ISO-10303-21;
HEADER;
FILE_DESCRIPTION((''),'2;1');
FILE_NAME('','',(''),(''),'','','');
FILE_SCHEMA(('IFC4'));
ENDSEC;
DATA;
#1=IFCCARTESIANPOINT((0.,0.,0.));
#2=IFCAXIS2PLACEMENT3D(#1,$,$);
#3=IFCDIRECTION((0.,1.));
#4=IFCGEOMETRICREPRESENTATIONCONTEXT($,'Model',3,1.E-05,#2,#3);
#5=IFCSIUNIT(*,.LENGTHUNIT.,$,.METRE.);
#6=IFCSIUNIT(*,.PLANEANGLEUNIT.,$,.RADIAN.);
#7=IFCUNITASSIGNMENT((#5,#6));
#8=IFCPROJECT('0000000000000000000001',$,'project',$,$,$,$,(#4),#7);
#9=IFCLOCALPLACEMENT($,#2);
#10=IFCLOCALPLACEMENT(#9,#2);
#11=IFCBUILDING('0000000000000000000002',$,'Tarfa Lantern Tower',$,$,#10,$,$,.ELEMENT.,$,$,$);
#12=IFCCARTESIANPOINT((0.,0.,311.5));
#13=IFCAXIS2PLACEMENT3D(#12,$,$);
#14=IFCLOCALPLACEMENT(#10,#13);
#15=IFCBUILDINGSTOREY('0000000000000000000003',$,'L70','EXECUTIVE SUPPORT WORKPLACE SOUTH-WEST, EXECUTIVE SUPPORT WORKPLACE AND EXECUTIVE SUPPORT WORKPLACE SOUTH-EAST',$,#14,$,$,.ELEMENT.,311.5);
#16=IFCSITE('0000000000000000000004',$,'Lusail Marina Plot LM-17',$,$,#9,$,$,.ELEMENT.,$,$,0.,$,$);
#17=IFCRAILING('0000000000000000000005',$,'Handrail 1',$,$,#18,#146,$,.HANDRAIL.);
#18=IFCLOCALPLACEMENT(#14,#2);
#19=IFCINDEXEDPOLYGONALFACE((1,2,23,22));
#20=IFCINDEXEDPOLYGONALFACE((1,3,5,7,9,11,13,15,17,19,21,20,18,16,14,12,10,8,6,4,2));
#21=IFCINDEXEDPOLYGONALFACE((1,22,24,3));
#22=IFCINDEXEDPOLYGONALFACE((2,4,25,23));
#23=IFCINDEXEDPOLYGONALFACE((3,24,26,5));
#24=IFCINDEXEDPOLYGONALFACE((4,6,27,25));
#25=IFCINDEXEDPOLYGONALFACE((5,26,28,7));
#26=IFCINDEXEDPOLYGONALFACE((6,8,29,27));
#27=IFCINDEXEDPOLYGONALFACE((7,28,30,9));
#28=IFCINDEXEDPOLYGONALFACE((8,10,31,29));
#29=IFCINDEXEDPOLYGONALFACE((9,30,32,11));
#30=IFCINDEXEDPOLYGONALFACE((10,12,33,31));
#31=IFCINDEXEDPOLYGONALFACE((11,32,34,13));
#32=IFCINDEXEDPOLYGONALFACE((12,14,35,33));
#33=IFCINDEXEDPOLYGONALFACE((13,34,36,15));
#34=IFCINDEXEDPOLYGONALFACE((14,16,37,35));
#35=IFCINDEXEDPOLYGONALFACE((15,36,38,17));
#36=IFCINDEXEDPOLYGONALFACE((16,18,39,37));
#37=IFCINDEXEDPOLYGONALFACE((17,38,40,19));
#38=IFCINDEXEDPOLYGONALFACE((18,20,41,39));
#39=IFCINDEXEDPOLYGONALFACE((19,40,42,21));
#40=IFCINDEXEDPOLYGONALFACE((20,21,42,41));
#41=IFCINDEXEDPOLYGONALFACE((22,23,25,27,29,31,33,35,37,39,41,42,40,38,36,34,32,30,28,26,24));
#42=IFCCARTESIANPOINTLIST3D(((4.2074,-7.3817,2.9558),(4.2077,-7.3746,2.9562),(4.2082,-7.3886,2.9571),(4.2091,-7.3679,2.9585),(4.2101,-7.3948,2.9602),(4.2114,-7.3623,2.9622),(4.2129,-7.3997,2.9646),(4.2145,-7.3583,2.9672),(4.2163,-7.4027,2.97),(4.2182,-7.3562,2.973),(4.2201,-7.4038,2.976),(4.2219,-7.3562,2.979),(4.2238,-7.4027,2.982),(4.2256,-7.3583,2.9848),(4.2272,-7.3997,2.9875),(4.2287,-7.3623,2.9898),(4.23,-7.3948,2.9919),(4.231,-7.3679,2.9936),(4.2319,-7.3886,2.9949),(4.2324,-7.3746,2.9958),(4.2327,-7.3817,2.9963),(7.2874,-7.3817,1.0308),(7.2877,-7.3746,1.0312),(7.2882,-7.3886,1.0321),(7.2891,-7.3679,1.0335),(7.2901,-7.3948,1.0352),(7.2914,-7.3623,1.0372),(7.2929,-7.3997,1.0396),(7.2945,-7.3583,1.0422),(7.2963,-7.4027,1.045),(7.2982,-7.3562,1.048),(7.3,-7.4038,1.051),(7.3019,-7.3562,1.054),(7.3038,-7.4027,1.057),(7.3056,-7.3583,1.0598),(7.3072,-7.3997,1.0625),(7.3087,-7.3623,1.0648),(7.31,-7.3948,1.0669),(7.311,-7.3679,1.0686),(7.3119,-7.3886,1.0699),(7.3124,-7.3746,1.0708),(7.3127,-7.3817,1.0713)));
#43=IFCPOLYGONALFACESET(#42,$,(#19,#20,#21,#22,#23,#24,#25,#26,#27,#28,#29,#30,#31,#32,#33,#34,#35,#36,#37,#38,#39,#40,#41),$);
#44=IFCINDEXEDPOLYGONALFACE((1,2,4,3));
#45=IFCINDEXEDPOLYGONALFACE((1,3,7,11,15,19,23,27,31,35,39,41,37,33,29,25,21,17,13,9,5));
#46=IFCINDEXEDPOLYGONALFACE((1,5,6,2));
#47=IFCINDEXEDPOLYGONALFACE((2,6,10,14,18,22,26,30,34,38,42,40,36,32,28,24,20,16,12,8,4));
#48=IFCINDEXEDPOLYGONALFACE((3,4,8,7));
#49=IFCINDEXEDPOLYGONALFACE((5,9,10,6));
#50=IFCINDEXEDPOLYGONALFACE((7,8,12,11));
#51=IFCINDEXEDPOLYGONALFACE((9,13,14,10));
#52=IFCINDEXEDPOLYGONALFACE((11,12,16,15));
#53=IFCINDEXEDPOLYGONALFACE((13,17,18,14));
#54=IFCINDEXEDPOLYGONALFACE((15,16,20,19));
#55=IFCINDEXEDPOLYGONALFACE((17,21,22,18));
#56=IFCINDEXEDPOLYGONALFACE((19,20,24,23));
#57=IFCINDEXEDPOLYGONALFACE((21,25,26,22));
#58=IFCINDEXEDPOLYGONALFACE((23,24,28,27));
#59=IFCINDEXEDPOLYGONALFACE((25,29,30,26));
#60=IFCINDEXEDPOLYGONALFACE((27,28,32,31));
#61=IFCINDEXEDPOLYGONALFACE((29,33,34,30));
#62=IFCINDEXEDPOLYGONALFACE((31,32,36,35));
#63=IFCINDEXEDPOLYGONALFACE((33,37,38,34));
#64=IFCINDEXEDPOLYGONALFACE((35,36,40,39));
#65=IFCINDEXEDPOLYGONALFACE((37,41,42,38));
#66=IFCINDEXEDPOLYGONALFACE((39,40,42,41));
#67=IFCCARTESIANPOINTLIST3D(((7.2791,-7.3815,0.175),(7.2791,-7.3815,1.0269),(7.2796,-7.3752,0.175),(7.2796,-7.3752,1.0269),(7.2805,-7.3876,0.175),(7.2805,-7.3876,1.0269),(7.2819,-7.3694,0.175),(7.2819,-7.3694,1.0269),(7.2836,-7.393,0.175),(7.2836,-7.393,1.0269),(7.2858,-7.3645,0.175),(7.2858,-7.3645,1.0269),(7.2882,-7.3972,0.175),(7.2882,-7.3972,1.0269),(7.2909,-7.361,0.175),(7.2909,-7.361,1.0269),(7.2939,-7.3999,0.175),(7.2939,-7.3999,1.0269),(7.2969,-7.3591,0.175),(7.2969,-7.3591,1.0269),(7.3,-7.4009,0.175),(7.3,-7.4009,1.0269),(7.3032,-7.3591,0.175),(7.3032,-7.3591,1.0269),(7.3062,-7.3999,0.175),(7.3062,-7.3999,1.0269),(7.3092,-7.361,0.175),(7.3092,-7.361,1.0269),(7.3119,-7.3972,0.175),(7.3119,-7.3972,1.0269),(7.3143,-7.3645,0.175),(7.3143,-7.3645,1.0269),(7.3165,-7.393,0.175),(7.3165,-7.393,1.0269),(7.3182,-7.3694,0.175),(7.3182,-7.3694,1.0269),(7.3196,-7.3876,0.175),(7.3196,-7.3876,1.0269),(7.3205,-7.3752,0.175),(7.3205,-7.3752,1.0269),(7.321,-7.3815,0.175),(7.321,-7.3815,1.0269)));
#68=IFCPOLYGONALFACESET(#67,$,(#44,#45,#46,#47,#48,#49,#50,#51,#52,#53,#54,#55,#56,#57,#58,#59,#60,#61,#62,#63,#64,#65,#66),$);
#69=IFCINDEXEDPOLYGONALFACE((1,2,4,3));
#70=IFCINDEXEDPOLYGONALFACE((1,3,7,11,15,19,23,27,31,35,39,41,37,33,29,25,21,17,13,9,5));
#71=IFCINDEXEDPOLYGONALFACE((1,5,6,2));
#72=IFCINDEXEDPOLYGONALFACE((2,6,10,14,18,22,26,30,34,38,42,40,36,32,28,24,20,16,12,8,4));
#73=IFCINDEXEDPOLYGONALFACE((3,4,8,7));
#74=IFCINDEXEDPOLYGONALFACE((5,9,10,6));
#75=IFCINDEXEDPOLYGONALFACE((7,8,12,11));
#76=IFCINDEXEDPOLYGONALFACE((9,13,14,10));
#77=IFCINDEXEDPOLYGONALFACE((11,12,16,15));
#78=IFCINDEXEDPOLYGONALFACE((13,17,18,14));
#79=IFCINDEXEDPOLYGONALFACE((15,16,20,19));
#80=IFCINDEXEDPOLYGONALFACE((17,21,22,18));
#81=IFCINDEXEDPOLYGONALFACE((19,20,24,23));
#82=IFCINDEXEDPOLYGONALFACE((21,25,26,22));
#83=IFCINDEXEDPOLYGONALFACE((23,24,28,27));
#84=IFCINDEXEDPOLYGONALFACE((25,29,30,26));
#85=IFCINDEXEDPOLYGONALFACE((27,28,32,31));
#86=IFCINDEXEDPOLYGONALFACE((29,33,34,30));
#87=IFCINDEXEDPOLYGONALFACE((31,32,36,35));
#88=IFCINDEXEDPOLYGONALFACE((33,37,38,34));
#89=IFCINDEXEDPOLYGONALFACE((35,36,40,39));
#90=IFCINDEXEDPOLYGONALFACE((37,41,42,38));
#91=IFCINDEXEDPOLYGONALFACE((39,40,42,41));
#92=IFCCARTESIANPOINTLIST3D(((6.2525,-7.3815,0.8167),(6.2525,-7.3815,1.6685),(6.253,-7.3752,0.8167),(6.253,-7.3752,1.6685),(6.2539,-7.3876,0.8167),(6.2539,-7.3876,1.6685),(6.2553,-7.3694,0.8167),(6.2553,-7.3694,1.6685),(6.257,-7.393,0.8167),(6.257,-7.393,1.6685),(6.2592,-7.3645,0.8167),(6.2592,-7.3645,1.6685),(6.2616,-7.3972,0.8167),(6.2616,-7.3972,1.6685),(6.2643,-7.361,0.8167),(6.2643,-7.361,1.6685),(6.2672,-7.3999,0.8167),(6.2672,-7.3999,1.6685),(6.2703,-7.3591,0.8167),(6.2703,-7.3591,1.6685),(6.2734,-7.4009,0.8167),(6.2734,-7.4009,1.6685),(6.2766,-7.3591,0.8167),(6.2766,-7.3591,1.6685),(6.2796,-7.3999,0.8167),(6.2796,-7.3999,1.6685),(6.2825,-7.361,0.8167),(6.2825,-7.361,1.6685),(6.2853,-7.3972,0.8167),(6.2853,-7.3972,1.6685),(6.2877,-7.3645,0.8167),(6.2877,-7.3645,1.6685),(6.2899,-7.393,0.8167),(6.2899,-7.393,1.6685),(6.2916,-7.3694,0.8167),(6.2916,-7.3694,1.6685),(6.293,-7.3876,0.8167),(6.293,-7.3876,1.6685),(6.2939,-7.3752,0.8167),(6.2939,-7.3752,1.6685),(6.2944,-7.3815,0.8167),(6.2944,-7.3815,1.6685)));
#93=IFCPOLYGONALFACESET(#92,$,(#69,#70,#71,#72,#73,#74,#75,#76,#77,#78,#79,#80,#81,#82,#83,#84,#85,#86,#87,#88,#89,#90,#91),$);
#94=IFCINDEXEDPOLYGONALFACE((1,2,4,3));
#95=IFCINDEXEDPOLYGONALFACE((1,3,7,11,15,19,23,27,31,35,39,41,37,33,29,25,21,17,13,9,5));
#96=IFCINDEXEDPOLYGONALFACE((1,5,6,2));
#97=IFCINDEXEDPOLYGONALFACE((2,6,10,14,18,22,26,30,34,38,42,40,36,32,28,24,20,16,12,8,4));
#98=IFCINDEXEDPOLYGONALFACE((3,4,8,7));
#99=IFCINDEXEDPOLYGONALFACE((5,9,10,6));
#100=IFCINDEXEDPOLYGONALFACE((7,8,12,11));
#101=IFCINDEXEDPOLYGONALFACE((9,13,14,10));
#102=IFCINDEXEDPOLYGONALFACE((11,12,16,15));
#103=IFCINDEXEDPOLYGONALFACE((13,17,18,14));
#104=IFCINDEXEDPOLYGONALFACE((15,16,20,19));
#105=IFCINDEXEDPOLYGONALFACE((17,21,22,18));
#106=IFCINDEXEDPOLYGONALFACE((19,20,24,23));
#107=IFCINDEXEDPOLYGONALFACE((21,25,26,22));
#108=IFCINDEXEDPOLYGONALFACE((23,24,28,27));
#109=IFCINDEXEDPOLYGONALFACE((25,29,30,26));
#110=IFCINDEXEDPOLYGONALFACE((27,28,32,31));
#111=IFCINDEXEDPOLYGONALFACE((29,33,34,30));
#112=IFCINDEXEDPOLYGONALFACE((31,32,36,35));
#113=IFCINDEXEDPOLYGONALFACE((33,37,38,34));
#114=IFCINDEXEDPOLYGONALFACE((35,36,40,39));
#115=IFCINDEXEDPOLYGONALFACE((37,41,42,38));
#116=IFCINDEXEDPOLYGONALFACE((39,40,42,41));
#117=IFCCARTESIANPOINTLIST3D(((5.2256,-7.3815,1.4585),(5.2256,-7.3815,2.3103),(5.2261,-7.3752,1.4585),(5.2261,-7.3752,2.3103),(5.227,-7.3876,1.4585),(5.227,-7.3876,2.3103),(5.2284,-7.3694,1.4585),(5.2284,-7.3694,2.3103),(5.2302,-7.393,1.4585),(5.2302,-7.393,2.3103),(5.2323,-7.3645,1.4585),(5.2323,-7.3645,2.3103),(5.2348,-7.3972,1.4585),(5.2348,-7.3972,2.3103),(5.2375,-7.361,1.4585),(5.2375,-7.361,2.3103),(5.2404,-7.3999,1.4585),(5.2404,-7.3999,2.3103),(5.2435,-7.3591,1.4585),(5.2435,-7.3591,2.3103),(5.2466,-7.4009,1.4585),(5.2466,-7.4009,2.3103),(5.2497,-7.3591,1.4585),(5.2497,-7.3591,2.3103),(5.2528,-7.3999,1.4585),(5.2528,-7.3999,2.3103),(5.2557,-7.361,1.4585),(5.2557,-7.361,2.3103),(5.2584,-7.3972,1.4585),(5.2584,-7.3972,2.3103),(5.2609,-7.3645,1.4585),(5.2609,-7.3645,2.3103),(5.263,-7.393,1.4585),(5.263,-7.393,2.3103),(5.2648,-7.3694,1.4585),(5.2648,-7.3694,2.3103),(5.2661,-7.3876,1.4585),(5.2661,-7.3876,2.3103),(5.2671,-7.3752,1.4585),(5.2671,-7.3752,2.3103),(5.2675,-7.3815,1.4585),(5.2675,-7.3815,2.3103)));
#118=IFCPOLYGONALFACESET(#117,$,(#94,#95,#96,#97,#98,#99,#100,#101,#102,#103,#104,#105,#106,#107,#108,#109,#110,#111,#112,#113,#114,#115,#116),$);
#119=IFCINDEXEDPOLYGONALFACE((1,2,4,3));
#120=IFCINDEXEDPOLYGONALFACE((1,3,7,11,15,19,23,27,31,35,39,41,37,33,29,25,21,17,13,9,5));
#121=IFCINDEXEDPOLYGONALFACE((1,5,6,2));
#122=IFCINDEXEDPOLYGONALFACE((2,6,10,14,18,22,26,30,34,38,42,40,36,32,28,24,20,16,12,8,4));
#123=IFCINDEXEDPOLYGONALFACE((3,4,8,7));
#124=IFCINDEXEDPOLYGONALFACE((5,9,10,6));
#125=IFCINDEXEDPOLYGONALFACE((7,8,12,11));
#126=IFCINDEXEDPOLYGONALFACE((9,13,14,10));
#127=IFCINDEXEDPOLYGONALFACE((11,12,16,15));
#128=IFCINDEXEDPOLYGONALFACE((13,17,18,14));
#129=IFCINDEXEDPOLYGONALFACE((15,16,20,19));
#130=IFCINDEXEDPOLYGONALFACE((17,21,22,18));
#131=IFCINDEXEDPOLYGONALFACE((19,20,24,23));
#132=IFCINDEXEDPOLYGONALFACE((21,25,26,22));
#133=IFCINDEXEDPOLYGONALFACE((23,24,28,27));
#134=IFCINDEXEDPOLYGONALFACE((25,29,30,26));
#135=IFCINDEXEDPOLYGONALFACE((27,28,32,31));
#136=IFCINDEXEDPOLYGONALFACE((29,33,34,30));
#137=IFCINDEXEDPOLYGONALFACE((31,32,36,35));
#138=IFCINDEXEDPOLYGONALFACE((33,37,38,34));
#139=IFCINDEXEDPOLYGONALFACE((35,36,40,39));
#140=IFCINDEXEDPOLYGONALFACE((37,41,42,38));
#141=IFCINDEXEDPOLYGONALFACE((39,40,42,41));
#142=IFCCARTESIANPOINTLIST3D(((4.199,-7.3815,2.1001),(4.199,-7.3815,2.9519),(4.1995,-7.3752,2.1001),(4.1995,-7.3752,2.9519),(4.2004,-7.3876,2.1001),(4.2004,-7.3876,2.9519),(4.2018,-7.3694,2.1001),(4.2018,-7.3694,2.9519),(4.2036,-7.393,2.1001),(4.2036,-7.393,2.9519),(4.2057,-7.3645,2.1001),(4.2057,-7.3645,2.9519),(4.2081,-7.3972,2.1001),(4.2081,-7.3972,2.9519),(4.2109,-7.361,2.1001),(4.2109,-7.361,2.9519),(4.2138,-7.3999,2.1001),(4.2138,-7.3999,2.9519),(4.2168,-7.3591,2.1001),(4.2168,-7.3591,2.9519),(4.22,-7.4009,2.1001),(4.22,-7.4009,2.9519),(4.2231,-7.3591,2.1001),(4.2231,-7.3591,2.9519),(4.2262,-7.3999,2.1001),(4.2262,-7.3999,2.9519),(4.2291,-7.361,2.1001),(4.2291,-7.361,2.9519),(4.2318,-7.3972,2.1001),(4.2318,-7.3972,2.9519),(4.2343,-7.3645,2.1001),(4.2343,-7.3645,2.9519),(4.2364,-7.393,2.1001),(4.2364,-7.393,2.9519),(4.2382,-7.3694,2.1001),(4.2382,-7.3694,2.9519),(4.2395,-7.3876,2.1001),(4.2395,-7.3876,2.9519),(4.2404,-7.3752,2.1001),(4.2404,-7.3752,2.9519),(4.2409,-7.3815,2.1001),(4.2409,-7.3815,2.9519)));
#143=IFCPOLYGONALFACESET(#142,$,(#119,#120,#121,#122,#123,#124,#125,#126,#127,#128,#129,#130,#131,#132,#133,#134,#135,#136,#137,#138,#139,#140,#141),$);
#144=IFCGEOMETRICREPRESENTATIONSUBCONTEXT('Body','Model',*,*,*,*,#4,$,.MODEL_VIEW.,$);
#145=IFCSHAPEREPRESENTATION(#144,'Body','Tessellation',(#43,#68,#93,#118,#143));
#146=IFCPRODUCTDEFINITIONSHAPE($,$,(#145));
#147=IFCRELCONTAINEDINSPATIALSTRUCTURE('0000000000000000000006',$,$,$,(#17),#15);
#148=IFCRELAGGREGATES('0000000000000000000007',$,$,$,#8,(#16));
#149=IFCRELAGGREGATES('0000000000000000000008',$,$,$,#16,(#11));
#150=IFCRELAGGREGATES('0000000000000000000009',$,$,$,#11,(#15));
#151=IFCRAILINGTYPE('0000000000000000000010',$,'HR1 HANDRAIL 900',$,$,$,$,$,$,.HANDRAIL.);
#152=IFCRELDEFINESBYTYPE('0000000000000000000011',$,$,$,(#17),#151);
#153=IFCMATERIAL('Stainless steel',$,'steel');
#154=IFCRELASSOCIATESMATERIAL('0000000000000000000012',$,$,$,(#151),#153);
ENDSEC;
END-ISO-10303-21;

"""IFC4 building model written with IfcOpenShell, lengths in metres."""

from ifc_helpers import new_model, si_unit, direction, frame, origin, origin_2d, place, context, subcontext, project, spatial, circle, extrude, material, type_object, element, save


model = new_model("IFC4")

# Units and contexts
model_context = context("Model", 3, precision=1e-05, world=origin(), true_north=direction((0.0, 1.0)))
body_context = subcontext(model_context, "Body", "Model", "MODEL_VIEW")
ifc_project = project(units=[si_unit("LENGTHUNIT", "METRE"), si_unit("PLANEANGLEUNIT", "RADIAN")], contexts=[model_context])

# Site, building, storey
site_placement = place(None, origin())
site = spatial("IfcSite", under=ifc_project, at=site_placement, Name="Lusail Marina Plot LM-17", CompositionType="ELEMENT", RefElevation=0.0)
building_placement = place(site_placement, origin())
building = spatial("IfcBuilding", under=site, at=building_placement, Name="Tarfa Lantern Tower", CompositionType="ELEMENT")
storey_placement = place(building_placement, frame((0.0, 0.0, 311.5)))
storey = spatial("IfcBuildingStorey", under=building, at=storey_placement, Name="L70", Description="EXECUTIVE SUPPORT WORKPLACE SOUTH-WEST, EXECUTIVE SUPPORT WORKPLACE AND EXECUTIVE SUPPORT WORKPLACE SOUTH-EAST", CompositionType="ELEMENT", Elevation=311.5)

# Railing
ifc_material_1 = material(Name="Stainless steel", Category="steel")
railing_type = type_object("IfcRailingType", Name="HR1 HANDRAIL 900", PredefinedType="HANDRAIL", material=ifc_material_1)
railing_1_placement = place(storey_placement, frame((7.3, -7.3799, 0.175)))
element("IfcRailing", 1, at=railing_1_placement, inside=storey, type_object=railing_type, Name="Handrail 1", PredefinedType="HANDRAIL", context=body_context, shape_type="SweptSolid", body=[
    extrude(circle(Radius=0.0239, at=origin_2d()), frame((0.0, 0.0, 0.876), z_axis=(-0.847998, 0.0, 0.529999), x_axis=(0.0, -1.0, 0.0)), (0.0, 0.0, 1.0), 3.6321),
    extrude(circle(Radius=0.021, at=origin_2d()), frame((0.0, 0.0, 0.0), z_axis=(0.0, 0.0, 1.0), x_axis=(0.0, -1.0, 0.0)), (0.0, 0.0, 1.0), 0.8518),
    extrude(circle(Radius=0.021, at=origin_2d()), frame((-1.0266, 0.0, 0.6416), z_axis=(0.0, 0.0, 1.0), x_axis=(0.0, -1.0, 0.0)), (0.0, 0.0, 1.0), 0.8518),
    extrude(circle(Radius=0.021, at=origin_2d()), frame((-2.0535, 0.0, 1.2834), z_axis=(0.0, 0.0, 1.0), x_axis=(0.0, -1.0, 0.0)), (0.0, 0.0, 1.0), 0.8518),
    extrude(circle(Radius=0.021, at=origin_2d()), frame((-3.0801, 0.0, 1.925), z_axis=(0.0, 0.0, 1.0), x_axis=(0.0, -1.0, 0.0)), (0.0, 0.0, 1.0), 0.8518),
])

save(model, "model.ifc")
